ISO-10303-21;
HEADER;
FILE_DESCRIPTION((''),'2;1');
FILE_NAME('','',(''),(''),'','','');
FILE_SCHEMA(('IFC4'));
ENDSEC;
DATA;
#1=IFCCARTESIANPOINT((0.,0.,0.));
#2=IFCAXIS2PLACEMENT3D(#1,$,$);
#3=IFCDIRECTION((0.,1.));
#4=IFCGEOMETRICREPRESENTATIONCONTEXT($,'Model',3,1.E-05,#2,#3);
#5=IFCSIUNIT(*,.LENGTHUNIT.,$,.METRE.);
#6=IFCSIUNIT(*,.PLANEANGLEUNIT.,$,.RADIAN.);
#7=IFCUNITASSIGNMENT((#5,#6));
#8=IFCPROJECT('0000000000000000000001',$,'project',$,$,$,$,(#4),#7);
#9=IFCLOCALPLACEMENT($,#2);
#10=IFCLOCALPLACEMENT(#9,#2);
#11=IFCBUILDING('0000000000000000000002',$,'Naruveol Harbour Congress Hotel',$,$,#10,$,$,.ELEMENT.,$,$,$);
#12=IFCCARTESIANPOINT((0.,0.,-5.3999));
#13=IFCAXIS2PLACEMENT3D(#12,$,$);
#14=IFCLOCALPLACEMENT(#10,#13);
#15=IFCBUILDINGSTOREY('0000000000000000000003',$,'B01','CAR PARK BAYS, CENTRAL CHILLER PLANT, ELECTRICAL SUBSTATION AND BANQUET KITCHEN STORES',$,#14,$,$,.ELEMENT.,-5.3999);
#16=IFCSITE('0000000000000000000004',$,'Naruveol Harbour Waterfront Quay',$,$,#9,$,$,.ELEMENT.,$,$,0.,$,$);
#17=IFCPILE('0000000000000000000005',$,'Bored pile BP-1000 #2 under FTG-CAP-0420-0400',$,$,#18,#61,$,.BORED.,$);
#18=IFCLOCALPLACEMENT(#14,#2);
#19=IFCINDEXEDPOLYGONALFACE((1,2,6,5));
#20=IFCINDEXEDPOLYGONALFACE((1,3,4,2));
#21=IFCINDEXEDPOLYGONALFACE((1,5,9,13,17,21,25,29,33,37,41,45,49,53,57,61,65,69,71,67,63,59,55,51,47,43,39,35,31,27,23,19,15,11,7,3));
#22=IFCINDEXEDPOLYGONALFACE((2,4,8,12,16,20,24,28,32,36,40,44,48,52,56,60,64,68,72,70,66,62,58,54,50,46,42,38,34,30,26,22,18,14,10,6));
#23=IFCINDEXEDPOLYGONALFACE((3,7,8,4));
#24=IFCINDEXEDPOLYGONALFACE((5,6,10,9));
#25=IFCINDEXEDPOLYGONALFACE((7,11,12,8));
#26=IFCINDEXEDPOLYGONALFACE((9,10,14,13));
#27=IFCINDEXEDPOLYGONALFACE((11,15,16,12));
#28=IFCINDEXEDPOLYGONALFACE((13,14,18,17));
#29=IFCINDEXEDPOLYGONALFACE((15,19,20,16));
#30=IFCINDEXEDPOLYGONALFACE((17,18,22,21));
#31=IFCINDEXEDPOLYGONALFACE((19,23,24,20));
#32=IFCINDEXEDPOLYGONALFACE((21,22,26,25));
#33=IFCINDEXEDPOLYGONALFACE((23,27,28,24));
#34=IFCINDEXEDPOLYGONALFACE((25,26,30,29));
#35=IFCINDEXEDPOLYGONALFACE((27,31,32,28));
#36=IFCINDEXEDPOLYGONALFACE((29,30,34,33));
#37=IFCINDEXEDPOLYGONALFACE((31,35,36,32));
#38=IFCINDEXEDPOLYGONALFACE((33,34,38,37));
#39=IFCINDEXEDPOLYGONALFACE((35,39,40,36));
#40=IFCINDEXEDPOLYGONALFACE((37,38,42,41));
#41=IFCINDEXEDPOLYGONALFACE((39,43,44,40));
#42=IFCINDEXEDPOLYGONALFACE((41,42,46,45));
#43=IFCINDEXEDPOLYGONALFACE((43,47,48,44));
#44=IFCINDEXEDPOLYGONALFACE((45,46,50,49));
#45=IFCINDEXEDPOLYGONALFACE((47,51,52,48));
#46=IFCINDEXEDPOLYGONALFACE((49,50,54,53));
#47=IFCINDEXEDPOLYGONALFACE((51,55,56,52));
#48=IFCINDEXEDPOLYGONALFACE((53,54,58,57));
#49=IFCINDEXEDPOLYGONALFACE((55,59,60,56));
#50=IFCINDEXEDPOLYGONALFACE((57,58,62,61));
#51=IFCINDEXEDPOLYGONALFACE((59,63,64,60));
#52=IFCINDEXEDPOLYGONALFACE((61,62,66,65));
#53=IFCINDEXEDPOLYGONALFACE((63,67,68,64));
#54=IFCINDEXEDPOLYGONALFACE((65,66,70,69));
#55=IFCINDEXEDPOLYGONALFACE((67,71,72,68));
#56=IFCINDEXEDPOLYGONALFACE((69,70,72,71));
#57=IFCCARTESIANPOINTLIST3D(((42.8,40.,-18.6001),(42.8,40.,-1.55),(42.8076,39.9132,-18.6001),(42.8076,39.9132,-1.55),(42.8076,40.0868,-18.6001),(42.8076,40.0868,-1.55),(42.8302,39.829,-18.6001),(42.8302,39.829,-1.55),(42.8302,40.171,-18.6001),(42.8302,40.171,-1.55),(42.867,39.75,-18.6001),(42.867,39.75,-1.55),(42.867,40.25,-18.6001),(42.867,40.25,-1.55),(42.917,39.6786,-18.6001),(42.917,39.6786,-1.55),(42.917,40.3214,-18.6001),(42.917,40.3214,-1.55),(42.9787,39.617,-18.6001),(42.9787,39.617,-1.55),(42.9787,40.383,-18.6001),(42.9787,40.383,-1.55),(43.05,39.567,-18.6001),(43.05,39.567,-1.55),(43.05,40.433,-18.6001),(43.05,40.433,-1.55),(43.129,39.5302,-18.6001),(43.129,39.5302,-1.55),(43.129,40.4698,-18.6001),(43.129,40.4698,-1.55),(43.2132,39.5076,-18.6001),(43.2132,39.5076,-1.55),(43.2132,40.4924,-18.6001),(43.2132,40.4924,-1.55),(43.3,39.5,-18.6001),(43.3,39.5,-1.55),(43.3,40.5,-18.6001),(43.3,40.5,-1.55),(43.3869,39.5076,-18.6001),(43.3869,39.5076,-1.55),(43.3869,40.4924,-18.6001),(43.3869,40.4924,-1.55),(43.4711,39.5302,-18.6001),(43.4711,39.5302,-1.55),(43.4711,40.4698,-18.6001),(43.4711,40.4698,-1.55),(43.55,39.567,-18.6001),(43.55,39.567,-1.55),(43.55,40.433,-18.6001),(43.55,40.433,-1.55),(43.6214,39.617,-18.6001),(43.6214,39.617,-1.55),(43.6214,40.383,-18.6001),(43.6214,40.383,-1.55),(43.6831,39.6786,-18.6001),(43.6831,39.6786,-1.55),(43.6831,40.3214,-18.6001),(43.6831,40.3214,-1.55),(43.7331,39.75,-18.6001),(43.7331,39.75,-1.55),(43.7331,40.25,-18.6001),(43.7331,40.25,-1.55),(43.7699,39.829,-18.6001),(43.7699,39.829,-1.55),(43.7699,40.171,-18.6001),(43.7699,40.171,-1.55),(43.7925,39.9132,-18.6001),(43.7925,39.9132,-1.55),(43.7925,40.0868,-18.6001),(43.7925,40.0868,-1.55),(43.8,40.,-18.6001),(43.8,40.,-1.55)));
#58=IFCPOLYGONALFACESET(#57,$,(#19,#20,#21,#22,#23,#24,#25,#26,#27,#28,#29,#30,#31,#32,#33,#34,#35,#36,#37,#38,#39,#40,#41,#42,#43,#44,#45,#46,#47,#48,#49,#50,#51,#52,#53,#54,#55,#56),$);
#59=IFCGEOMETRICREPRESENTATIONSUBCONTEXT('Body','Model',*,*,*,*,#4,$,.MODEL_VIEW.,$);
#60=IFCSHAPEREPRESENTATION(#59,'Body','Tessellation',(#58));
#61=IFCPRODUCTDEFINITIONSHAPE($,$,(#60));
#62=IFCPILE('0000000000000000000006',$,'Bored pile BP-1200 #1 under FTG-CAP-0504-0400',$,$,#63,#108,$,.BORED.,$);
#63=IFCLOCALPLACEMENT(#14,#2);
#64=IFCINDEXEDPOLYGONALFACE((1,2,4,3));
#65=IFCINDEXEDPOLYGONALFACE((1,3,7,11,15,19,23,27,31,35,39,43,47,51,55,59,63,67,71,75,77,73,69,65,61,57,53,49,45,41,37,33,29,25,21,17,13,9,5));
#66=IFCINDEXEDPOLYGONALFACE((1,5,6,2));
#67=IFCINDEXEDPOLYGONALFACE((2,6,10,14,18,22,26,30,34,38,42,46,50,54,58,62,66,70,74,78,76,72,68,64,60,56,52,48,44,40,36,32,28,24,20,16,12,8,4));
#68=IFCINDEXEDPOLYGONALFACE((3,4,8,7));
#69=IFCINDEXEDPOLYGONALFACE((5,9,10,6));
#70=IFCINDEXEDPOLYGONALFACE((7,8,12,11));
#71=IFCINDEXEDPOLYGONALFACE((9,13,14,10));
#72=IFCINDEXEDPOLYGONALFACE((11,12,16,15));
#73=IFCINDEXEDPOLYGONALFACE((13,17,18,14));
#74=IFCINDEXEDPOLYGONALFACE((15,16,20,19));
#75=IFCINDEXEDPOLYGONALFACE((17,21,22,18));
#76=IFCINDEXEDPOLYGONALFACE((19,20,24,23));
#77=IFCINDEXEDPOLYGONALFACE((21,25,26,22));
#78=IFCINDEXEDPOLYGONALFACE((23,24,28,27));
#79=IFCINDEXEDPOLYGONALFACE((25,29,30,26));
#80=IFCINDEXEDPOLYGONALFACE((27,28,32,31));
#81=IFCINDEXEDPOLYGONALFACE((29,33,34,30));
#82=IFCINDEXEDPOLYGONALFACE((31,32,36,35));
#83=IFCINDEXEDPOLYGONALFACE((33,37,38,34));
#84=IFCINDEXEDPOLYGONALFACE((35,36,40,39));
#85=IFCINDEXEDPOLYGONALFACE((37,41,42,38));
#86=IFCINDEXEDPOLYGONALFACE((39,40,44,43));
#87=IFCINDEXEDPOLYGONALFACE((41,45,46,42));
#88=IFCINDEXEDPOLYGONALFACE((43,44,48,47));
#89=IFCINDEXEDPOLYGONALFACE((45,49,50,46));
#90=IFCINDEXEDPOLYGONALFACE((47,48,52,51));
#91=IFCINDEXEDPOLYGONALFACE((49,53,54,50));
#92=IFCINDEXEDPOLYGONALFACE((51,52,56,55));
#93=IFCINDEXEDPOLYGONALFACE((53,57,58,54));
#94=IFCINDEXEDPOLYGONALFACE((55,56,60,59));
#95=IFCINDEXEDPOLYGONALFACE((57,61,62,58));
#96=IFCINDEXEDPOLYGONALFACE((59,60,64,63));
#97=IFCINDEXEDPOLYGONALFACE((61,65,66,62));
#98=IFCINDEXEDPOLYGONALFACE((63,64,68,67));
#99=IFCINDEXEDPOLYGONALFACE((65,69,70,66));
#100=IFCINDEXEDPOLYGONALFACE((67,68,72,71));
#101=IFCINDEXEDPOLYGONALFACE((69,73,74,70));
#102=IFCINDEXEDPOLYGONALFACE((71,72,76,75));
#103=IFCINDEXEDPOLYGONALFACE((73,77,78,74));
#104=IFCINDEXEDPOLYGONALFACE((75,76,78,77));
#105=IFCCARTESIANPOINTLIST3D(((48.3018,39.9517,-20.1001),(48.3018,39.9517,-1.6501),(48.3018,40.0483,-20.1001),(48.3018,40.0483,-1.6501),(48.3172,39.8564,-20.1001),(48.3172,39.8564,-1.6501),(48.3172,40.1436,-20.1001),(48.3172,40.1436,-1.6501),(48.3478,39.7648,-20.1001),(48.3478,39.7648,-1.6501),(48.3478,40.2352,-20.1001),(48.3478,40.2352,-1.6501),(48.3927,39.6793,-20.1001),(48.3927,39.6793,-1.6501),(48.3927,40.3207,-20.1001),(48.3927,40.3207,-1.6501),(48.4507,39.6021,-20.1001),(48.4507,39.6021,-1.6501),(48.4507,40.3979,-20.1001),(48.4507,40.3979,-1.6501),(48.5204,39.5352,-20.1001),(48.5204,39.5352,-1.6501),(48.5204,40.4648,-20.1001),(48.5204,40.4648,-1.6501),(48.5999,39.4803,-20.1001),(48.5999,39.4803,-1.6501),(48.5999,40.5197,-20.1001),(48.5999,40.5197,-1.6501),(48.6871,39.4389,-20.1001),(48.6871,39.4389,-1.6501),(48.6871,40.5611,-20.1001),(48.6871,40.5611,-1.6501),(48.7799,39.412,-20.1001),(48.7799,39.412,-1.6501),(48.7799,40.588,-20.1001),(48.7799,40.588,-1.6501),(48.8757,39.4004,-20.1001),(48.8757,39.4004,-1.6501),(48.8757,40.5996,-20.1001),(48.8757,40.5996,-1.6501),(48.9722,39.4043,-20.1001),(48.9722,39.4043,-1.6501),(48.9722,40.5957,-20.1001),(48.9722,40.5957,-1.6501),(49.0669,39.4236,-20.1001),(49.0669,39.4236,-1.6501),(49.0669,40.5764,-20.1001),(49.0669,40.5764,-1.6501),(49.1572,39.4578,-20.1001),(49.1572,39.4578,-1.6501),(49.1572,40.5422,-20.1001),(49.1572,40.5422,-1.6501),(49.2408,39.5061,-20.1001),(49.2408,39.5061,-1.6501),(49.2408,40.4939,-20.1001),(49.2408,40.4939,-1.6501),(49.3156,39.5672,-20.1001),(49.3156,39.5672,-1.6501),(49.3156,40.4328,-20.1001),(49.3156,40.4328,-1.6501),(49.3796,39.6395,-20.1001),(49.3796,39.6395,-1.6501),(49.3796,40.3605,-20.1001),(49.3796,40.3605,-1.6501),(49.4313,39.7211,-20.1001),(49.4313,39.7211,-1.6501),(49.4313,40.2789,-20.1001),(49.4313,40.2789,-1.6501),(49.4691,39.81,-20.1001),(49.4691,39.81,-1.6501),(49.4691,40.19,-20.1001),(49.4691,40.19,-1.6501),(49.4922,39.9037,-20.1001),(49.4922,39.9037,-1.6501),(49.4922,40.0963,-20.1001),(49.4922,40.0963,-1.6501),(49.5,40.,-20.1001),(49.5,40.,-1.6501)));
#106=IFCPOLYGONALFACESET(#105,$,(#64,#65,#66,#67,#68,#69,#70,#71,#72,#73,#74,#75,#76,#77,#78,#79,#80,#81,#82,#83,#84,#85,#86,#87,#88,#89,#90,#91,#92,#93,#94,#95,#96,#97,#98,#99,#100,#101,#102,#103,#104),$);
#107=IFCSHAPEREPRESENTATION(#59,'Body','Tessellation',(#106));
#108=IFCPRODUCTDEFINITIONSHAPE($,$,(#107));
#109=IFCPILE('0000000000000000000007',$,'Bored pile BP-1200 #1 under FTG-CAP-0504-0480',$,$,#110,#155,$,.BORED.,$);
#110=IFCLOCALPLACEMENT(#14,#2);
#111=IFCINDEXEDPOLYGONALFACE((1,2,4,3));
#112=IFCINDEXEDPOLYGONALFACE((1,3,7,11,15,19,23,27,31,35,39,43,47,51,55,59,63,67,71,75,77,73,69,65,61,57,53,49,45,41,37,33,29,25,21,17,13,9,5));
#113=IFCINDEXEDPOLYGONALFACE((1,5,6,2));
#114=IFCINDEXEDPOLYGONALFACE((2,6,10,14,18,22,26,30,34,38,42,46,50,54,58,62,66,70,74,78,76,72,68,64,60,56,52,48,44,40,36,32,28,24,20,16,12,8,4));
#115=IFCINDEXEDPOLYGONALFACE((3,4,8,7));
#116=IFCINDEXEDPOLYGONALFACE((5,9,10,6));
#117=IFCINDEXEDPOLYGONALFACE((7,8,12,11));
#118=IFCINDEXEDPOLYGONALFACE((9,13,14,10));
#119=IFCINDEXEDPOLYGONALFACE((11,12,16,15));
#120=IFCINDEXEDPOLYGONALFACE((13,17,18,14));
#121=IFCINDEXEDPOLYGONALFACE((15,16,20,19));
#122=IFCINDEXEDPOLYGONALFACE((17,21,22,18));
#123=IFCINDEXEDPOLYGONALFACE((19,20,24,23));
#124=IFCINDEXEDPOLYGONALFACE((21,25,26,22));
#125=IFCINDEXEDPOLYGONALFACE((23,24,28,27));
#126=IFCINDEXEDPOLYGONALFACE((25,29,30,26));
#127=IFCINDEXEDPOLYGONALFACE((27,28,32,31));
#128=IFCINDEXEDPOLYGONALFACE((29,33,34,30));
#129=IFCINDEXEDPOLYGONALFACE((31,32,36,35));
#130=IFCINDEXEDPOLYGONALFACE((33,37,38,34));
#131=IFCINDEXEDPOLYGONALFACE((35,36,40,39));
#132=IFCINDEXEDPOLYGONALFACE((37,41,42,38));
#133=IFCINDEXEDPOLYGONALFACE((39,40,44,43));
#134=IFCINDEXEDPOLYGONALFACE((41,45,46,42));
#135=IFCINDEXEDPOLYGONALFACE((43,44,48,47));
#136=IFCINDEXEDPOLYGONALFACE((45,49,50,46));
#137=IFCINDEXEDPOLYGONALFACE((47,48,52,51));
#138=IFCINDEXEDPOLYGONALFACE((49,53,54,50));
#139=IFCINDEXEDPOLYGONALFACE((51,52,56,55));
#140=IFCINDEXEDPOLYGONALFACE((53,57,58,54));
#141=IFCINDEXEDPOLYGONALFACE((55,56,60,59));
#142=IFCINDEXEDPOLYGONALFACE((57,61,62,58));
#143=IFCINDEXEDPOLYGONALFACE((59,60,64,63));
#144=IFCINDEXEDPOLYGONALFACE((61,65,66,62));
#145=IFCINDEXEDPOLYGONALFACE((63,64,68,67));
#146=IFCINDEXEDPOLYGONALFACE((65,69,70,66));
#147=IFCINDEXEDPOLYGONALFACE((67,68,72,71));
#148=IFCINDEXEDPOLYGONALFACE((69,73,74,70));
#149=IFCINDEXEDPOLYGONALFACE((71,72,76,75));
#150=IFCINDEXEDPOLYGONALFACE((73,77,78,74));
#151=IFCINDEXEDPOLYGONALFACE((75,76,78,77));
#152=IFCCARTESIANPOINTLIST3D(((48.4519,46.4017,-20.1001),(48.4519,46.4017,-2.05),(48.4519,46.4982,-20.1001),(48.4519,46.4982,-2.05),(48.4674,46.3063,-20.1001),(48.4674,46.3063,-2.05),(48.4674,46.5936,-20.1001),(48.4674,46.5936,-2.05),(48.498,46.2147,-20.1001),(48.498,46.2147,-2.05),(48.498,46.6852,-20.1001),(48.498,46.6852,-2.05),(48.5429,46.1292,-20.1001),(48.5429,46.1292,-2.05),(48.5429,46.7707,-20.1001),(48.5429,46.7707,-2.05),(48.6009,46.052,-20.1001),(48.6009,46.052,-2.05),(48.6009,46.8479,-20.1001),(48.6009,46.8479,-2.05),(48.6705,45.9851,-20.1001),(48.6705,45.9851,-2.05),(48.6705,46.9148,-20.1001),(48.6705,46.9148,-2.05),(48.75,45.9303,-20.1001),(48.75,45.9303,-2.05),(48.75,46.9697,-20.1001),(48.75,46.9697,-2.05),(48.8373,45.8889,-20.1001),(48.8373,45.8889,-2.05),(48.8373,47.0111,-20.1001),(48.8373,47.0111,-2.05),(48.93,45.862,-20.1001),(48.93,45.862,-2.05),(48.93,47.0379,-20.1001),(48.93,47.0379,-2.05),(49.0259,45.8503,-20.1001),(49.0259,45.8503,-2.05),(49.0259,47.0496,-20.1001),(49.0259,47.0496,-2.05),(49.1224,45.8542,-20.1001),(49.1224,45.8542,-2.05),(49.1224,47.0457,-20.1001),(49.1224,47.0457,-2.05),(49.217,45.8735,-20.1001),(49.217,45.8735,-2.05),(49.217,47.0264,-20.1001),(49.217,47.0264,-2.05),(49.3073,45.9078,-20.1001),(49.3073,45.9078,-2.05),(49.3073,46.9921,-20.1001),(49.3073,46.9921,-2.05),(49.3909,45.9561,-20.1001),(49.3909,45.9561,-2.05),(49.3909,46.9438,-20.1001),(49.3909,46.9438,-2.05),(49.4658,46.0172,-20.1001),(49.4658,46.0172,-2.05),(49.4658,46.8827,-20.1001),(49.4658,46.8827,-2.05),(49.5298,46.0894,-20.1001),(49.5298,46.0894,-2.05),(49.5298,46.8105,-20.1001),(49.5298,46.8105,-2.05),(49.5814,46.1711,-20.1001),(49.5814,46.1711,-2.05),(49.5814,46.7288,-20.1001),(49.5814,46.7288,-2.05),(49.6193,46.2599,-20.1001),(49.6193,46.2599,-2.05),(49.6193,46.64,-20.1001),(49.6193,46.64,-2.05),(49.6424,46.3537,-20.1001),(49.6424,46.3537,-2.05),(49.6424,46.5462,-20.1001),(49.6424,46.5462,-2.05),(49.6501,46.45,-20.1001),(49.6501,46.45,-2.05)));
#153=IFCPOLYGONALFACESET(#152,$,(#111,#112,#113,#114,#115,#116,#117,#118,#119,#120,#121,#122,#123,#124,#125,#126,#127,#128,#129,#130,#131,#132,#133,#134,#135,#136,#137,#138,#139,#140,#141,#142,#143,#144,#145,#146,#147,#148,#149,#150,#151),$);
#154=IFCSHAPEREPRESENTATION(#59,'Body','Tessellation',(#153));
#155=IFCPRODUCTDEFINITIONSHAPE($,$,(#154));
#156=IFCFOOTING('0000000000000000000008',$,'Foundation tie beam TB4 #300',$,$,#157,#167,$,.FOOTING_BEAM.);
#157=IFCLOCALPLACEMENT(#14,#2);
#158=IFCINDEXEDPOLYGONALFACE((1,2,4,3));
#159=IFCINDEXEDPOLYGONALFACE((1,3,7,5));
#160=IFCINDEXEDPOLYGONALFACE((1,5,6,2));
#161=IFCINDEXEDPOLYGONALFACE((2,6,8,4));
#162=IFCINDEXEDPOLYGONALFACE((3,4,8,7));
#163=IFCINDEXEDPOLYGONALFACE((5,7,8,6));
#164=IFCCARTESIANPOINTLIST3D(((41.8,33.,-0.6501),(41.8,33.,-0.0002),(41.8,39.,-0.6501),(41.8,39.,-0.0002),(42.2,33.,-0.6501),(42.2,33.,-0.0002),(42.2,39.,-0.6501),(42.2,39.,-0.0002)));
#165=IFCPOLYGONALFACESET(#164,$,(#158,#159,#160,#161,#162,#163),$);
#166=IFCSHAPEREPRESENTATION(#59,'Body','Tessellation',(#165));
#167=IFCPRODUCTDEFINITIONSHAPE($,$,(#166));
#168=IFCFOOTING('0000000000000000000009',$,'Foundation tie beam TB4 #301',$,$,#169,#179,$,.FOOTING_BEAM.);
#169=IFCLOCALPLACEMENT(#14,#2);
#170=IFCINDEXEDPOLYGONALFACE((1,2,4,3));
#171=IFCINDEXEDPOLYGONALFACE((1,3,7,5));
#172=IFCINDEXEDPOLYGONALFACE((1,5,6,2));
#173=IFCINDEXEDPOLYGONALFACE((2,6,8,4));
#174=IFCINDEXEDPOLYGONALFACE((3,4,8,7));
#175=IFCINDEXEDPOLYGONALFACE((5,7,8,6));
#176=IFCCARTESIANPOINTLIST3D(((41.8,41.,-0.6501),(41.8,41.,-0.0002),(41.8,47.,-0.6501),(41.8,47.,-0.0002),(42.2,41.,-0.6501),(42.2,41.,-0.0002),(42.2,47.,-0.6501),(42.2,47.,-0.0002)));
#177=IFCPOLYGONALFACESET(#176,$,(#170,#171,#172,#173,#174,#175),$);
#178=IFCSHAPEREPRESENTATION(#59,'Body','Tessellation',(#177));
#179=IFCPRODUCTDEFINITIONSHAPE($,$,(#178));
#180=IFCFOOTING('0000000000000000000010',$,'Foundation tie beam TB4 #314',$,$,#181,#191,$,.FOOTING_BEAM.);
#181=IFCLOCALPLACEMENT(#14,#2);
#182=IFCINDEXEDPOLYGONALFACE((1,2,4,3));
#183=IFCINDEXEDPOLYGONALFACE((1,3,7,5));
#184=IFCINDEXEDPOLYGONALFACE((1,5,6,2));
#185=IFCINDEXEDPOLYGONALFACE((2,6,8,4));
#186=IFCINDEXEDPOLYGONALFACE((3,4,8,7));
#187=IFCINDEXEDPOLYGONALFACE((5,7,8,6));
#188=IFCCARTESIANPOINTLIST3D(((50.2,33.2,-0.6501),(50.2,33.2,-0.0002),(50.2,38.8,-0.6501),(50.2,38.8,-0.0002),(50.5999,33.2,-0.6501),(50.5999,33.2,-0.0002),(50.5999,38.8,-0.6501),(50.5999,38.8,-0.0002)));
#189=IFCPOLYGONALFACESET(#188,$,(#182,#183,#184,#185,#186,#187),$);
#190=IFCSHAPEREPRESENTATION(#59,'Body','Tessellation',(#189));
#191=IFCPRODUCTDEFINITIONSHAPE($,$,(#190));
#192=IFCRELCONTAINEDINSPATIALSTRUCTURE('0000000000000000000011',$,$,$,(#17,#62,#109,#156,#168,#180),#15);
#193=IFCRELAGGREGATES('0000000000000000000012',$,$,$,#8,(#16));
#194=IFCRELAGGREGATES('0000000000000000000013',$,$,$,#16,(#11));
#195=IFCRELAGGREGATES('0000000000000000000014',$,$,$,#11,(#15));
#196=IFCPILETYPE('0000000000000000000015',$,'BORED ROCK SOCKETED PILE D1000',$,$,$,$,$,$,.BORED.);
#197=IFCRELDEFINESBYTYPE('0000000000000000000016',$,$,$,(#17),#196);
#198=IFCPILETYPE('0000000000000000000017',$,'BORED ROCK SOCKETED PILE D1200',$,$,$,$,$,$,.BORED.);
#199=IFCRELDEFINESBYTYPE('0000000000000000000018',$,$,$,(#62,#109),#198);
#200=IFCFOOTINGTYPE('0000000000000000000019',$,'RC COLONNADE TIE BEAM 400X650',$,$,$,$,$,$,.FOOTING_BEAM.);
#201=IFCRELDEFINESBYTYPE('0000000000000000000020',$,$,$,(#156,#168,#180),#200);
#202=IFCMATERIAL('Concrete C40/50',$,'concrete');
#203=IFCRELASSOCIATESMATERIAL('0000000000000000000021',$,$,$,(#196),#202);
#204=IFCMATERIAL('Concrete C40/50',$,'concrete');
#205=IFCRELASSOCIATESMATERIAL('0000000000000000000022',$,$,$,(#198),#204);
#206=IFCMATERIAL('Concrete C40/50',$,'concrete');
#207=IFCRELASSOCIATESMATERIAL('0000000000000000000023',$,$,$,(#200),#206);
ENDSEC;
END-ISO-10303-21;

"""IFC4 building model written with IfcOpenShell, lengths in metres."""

from ifc_helpers import new_model, si_unit, direction, frame, origin, origin_2d, place, context, subcontext, project, spatial, rectangle, circle, extrude, material, material_profile, profile_set, type_object, element, save


model = new_model("IFC4")

# Units and contexts
model_context = context("Model", 3, precision=1e-05, world=origin(), true_north=direction((0.0, 1.0)))
body_context = subcontext(model_context, "Body", "Model", "MODEL_VIEW")
ifc_project = project(units=[si_unit("LENGTHUNIT", "METRE"), si_unit("PLANEANGLEUNIT", "RADIAN")], contexts=[model_context])

# Site, building, storey
site_placement = place(None, origin())
site = spatial("IfcSite", under=ifc_project, at=site_placement, Name="Naruveol Harbour Waterfront Quay", CompositionType="ELEMENT", RefElevation=0.0)
building_placement = place(site_placement, origin())
building = spatial("IfcBuilding", under=site, at=building_placement, Name="Naruveol Harbour Congress Hotel", CompositionType="ELEMENT")
storey_placement = place(building_placement, frame((0.0, 0.0, -5.3999)))
storey = spatial("IfcBuildingStorey", under=building, at=storey_placement, Name="B01", Description="CAR PARK BAYS, CENTRAL CHILLER PLANT, ELECTRICAL SUBSTATION AND BANQUET KITCHEN STORES", CompositionType="ELEMENT", Elevation=-5.3999)

# Piles
ifc_material_1 = material(Name="Concrete C40/50", Category="concrete")
ifc_material_profile_1 = material_profile(ifc_material_1, circle(Radius=0.5, at=origin_2d()), Name="BP-1000")
ifc_profile_set_1 = profile_set([ifc_material_profile_1], Name="Concrete C40/50")
pile_type_1 = type_object("IfcPileType", Name="BORED ROCK SOCKETED PILE D1000", PredefinedType="BORED", material=ifc_profile_set_1)
pile_1_placement = place(storey_placement, frame((43.3, 40.0, -1.55), z_axis=(0.0, 0.0, -1.0), x_axis=(1.0, 0.0, 0.0)))
element("IfcPile", 1, at=pile_1_placement, inside=storey, type_object=pile_type_1, Name="Bored pile BP-1000 #2 under FTG-CAP-0420-0400", PredefinedType="BORED", context=body_context, shape_type="SweptSolid", body=[
    extrude(circle(Radius=0.5, at=origin_2d()), origin(), (0.0, 0.0, 1.0), 17.05),
])
ifc_material_2 = material(Name="Concrete C40/50", Category="concrete")
ifc_material_profile_2 = material_profile(ifc_material_2, circle(Radius=0.6001, at=origin_2d()), Name="BP-1200")
ifc_profile_set_2 = profile_set([ifc_material_profile_2], Name="Concrete C40/50")
pile_type_2 = type_object("IfcPileType", Name="BORED ROCK SOCKETED PILE D1200", PredefinedType="BORED", material=ifc_profile_set_2)
pile_2_placement = place(storey_placement, frame((48.8999, 40.0, -1.6501), z_axis=(0.0, 0.0, -1.0), x_axis=(1.0, 0.0, 0.0)))
element("IfcPile", 2, at=pile_2_placement, inside=storey, type_object=pile_type_2, Name="Bored pile BP-1200 #1 under FTG-CAP-0504-0400", PredefinedType="BORED", context=body_context, shape_type="SweptSolid", body=[
    extrude(circle(Radius=0.6001, at=origin_2d()), origin(), (0.0, 0.0, 1.0), 18.45),
])
pile_3_placement = place(storey_placement, frame((49.05, 46.45, -2.05), z_axis=(0.0, 0.0, -1.0), x_axis=(1.0, 0.0, 0.0)))
element("IfcPile", 3, at=pile_3_placement, inside=storey, type_object=pile_type_2, Name="Bored pile BP-1200 #1 under FTG-CAP-0504-0480", PredefinedType="BORED", context=body_context, shape_type="SweptSolid", body=[
    extrude(circle(Radius=0.6001, at=origin_2d()), origin(), (0.0, 0.0, 1.0), 18.05),
])

# Footings
ifc_material_3 = material(Name="Concrete C40/50", Category="concrete")
ifc_material_profile_3 = material_profile(ifc_material_3, rectangle(XDim=0.3999, YDim=0.6499, at=origin_2d()), Name="RCB-400x650")
ifc_profile_set_3 = profile_set([ifc_material_profile_3], Name="Concrete C40/50")
footing_type_1 = type_object("IfcFootingType", Name="RC COLONNADE TIE BEAM 400X650", PredefinedType="FOOTING_BEAM", material=ifc_profile_set_3)
for number, where, z_axis, x_axis, name in (
    (4, (42.0, 33.0, -0.3252), (0.0, 1.0, 0.0), (-1.0, 0.0, 0.0), "Foundation tie beam TB4 #300"),
    (5, (42.0, 41.0, -0.3252), (0.0, 1.0, 0.0), (-1.0, 0.0, 0.0), "Foundation tie beam TB4 #301"),
):
    element("IfcFooting", number, at=place(storey_placement, frame(where, z_axis=z_axis, x_axis=x_axis)), inside=storey, type_object=footing_type_1, Name=name, PredefinedType="FOOTING_BEAM", context=body_context, shape_type="SweptSolid", body=[
        extrude(rectangle(XDim=0.3999, YDim=0.6499, at=origin_2d()), origin(), (0.0, 0.0, 1.0), 6.0),
    ])
footing_1_placement = place(storey_placement, frame((50.3999, 33.2, -0.3252), z_axis=(0.0, 1.0, 0.0), x_axis=(-1.0, 0.0, 0.0)))
element("IfcFooting", 6, at=footing_1_placement, inside=storey, type_object=footing_type_1, Name="Foundation tie beam TB4 #314", PredefinedType="FOOTING_BEAM", context=body_context, shape_type="SweptSolid", body=[
    extrude(rectangle(XDim=0.3999, YDim=0.6499, at=origin_2d()), origin(), (0.0, 0.0, 1.0), 5.6001),
])

save(model, "model.ifc")
